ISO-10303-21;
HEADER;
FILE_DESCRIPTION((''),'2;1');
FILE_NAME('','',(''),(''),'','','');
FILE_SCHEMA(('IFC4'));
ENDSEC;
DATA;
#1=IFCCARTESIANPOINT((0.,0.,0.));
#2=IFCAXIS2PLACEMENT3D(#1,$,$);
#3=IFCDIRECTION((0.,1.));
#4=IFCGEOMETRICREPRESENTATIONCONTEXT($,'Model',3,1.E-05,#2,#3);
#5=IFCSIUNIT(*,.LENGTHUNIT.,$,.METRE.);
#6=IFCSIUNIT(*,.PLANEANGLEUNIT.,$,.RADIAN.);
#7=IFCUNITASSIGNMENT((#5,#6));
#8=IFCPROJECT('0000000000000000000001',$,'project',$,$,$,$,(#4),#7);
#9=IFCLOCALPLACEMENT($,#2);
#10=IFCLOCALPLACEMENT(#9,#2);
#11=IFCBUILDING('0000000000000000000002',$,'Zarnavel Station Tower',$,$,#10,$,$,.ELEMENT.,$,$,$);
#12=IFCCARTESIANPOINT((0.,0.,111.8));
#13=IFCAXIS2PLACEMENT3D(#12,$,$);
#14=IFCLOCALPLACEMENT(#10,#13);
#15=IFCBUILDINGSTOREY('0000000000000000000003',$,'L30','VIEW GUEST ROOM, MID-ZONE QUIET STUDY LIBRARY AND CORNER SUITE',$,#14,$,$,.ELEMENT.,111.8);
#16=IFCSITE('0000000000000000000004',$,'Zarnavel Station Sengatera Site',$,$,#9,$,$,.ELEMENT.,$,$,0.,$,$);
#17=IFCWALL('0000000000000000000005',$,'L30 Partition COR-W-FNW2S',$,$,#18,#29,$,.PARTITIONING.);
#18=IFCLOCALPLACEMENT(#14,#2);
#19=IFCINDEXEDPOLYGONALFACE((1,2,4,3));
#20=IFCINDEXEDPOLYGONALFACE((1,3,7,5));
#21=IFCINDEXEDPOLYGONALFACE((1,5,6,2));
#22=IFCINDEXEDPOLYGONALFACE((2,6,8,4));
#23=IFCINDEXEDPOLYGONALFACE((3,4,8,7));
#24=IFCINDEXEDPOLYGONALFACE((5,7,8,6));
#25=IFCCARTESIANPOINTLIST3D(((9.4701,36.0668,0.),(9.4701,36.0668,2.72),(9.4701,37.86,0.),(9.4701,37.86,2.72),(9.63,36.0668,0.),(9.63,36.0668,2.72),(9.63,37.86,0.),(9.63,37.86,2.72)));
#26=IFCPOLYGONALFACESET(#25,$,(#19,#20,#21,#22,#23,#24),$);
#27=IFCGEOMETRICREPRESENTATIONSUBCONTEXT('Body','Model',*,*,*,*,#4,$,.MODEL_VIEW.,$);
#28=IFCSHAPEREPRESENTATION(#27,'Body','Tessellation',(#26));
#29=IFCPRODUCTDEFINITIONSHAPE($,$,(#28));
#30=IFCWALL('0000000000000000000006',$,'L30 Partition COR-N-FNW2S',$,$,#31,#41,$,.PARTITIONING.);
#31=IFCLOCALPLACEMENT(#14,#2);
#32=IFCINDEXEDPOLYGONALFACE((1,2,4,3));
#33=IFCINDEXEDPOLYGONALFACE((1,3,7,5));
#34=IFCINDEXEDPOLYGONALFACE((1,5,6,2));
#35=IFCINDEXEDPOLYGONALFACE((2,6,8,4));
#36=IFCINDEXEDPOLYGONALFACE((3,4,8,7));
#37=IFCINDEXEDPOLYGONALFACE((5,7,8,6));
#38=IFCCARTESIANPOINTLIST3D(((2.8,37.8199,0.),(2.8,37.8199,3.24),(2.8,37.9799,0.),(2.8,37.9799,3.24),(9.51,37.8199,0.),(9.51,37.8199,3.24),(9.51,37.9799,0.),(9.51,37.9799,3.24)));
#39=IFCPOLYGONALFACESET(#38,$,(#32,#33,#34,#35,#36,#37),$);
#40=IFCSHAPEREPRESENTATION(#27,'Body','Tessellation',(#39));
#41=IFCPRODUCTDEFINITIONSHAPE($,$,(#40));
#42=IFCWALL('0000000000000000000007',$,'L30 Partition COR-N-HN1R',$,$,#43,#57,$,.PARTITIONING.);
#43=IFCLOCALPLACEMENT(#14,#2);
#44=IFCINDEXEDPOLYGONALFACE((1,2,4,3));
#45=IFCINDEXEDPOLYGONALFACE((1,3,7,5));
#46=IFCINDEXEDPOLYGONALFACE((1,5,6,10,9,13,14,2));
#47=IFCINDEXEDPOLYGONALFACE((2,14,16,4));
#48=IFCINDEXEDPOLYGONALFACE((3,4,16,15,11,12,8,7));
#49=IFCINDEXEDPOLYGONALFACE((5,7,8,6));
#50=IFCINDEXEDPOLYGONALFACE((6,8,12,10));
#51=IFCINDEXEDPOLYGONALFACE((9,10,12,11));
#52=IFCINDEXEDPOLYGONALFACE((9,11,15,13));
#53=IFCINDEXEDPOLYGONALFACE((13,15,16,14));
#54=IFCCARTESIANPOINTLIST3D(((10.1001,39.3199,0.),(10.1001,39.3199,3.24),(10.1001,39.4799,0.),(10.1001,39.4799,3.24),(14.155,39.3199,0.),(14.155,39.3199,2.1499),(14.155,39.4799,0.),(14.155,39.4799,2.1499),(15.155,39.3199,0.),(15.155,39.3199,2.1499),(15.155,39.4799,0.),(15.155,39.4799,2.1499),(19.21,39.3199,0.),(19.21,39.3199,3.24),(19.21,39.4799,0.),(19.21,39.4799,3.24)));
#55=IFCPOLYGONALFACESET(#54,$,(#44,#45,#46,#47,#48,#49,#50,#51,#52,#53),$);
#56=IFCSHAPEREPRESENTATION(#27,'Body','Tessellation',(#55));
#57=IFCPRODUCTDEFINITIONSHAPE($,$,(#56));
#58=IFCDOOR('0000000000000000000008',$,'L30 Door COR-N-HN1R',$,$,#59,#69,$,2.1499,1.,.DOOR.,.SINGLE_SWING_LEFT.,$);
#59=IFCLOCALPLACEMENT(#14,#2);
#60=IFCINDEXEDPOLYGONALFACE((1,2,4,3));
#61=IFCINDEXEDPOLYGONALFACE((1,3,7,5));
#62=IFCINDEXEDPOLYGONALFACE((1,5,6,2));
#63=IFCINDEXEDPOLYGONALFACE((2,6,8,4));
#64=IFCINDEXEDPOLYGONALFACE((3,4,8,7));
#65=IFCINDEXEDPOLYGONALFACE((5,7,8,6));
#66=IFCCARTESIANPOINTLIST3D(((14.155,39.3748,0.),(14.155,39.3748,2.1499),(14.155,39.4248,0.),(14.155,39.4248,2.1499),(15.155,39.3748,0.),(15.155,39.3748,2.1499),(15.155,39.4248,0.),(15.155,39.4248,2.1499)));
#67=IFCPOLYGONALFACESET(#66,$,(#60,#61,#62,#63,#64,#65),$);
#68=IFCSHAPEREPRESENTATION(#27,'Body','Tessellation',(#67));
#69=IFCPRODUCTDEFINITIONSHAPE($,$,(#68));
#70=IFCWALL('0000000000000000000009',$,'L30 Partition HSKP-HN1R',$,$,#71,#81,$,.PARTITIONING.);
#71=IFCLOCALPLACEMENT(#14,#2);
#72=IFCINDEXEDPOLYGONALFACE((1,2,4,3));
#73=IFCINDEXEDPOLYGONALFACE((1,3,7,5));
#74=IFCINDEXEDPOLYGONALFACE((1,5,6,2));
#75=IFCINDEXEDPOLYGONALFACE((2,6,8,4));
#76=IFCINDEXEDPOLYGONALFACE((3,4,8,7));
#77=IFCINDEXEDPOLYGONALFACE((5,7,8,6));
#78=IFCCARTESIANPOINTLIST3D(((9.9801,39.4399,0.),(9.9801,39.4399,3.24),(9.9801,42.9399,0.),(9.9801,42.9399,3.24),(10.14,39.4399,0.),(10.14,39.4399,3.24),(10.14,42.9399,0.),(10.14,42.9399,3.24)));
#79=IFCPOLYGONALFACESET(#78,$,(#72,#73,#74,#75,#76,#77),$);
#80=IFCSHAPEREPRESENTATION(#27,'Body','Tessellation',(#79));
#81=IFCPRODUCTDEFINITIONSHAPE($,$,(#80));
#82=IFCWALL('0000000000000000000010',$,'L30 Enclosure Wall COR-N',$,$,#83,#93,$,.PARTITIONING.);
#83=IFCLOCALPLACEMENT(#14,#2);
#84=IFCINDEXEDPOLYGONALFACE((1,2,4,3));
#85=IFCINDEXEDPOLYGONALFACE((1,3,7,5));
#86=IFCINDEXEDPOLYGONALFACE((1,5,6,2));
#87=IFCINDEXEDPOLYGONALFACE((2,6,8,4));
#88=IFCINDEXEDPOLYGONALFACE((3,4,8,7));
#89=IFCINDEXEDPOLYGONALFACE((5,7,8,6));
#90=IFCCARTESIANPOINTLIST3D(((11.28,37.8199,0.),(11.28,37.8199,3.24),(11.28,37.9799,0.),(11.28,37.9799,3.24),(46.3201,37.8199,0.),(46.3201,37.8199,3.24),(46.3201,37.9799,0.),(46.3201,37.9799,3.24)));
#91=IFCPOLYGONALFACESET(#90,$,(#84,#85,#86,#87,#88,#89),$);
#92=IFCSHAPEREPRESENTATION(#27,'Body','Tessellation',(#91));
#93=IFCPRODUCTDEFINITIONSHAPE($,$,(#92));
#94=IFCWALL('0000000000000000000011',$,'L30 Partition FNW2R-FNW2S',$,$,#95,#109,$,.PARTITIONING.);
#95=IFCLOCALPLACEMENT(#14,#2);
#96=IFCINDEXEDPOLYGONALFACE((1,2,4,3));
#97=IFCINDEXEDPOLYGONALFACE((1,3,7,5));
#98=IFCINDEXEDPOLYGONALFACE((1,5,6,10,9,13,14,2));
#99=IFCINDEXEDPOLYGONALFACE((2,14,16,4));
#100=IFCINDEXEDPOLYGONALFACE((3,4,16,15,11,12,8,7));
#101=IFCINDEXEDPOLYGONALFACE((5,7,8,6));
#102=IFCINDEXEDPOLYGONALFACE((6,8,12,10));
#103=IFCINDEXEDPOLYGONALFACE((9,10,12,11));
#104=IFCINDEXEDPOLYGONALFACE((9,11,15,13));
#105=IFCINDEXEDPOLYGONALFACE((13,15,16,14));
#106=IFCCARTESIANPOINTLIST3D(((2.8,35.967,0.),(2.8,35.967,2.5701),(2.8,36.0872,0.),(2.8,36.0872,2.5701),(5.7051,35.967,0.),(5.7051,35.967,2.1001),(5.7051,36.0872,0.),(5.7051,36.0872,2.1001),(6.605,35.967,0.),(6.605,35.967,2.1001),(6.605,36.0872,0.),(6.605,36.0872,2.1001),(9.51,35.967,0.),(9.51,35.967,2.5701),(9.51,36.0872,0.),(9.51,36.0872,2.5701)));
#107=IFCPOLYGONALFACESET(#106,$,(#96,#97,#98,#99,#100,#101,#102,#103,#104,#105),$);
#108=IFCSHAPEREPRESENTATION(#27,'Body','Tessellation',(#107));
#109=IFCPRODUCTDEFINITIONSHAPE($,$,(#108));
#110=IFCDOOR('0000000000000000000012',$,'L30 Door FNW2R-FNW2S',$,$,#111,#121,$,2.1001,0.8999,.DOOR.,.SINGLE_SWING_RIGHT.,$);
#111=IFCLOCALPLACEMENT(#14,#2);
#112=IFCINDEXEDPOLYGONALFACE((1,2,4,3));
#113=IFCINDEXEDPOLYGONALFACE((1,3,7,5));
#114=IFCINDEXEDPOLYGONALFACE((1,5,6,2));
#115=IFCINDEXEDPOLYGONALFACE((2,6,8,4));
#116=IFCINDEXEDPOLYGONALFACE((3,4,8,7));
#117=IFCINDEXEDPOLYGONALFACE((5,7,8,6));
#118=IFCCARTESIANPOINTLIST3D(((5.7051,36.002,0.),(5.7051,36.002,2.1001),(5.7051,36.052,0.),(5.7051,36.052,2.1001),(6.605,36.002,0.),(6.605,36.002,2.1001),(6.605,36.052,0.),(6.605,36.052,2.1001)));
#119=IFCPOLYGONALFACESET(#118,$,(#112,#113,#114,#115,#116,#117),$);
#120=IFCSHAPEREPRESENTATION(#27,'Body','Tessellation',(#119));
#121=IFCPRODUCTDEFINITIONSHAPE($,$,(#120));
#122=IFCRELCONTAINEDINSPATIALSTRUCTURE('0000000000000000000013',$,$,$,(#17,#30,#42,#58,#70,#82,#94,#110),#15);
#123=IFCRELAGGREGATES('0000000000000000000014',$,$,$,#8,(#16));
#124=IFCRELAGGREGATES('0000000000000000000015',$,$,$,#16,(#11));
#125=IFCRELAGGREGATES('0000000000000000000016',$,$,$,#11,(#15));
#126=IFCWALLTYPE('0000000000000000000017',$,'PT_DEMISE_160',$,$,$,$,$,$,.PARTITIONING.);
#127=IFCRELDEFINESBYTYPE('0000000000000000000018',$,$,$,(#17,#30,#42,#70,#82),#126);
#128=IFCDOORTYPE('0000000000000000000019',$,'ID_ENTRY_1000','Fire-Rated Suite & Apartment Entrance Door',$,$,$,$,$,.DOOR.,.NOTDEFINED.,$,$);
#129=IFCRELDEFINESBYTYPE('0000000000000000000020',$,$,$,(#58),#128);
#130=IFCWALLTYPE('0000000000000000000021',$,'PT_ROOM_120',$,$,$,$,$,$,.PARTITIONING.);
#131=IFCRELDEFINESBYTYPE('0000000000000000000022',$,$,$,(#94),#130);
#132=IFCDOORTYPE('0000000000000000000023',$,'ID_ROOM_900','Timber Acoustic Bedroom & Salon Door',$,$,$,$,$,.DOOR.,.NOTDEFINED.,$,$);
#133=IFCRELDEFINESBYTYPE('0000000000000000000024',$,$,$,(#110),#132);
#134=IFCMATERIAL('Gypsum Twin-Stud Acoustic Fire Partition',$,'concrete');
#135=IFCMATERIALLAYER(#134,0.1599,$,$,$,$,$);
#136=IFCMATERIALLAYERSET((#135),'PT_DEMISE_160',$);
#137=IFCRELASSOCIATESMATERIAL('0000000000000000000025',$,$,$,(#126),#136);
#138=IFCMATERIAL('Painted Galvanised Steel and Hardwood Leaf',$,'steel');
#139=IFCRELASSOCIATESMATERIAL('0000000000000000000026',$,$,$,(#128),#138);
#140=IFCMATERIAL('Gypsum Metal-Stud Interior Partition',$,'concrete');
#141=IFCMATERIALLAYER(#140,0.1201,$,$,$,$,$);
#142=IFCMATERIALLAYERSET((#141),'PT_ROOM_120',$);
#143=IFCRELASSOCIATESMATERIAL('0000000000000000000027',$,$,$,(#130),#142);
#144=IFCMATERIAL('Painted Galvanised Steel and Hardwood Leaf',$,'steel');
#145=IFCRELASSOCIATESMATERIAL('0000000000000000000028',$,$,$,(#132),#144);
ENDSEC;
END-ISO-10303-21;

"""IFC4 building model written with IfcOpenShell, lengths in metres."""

from ifc_helpers import new_model, si_unit, direction, frame, frame_2d, origin, place, context, subcontext, project, spatial, rectangle, extrude, material, layer, layer_set, type_object, element, fill, save


model = new_model("IFC4")

# Units and contexts
model_context = context("Model", 3, precision=1e-05, world=origin(), true_north=direction((0.0, 1.0)))
body_context = subcontext(model_context, "Body", "Model", "MODEL_VIEW")
ifc_project = project(units=[si_unit("LENGTHUNIT", "METRE"), si_unit("PLANEANGLEUNIT", "RADIAN")], contexts=[model_context])

# Site, building, storey
site_placement = place(None, origin())
site = spatial("IfcSite", under=ifc_project, at=site_placement, Name="Zarnavel Station Sengatera Site", CompositionType="ELEMENT", RefElevation=0.0)
building_placement = place(site_placement, origin())
building = spatial("IfcBuilding", under=site, at=building_placement, Name="Zarnavel Station Tower", CompositionType="ELEMENT")
storey_placement = place(building_placement, frame((0.0, 0.0, 111.8)))
storey = spatial("IfcBuildingStorey", under=building, at=storey_placement, Name="L30", Description="VIEW GUEST ROOM, MID-ZONE QUIET STUDY LIBRARY AND CORNER SUITE", CompositionType="ELEMENT", Elevation=111.8)

# Walls
ifc_material_1 = material(Name="Gypsum Twin-Stud Acoustic Fire Partition", Category="concrete")
ifc_layer_1 = layer(ifc_material_1, 0.1599)
ifc_layer_set_1 = layer_set([ifc_layer_1], Name="PT_DEMISE_160")
wall_type_1 = type_object("IfcWallType", Name="PT_DEMISE_160", PredefinedType="PARTITIONING", material=ifc_layer_set_1)
wall_1_placement = place(storey_placement, frame((9.55, 36.0669, 0.0), z_axis=(0.0, 0.0, 1.0), x_axis=(0.0, 1.0, 0.0)))
element("IfcWall", 1, at=wall_1_placement, inside=storey, type_object=wall_type_1, Name="L30 Partition COR-W-FNW2S", PredefinedType="PARTITIONING", context=body_context, shape_type="SweptSolid", body=[
    extrude(rectangle(XDim=1.7932, YDim=0.1599, at=frame_2d((0.8965, 0.0))), origin(), (0.0, 0.0, 1.0), 2.72),
])
wall_2_placement = place(storey_placement, frame((2.8, 37.8999, 0.0), z_axis=(0.0, 0.0, 1.0), x_axis=(1.0, 0.0, 0.0)))
element("IfcWall", 2, at=wall_2_placement, inside=storey, type_object=wall_type_1, Name="L30 Partition COR-N-FNW2S", PredefinedType="PARTITIONING", context=body_context, shape_type="SweptSolid", body=[
    extrude(rectangle(XDim=6.71, YDim=0.1599, at=frame_2d((3.355, 0.0))), origin(), (0.0, 0.0, 1.0), 3.24),
])

# Wall, opening, door
wall_3_placement = place(storey_placement, frame((10.1001, 39.3999, 0.0), z_axis=(0.0, 0.0, 1.0), x_axis=(1.0, 0.0, 0.0)))
wall_3 = element("IfcWall", 3, at=wall_3_placement, inside=storey, type_object=wall_type_1, Name="L30 Partition COR-N-HN1R", PredefinedType="PARTITIONING", context=body_context, shape_type="SweptSolid", body=[
    extrude(rectangle(XDim=9.1099, YDim=0.1599, at=frame_2d((4.5549, 0.0))), origin(), (0.0, 0.0, 1.0), 3.24),
])
opening_1_placement = place(wall_3_placement, frame((4.0549, 0.0, 0.0)))
opening_1 = element("IfcOpeningElement", 4, at=opening_1_placement, cuts=wall_3, PredefinedType="OPENING", context=body_context, shape_type="SweptSolid", body=[
    extrude(rectangle(XDim=1.0, YDim=2.1499, at=frame_2d((0.5, 1.075))), frame((0.0, 0.0898, 0.0), z_axis=(0.0, -1.0, 0.0), x_axis=(1.0, 0.0, 0.0)), (0.0, 0.0, 1.0), 0.1799),
])
ifc_material_2 = material(Name="Painted Galvanised Steel and Hardwood Leaf", Category="steel")
door_type_1 = type_object("IfcDoorType", Name="ID_ENTRY_1000", Description="Fire-Rated Suite & Apartment Entrance Door", OperationType="NOTDEFINED", PredefinedType="DOOR", material=ifc_material_2)
door_1_placement = place(opening_1_placement, origin())
door_1 = element("IfcDoor", 5, at=door_1_placement, inside=storey, type_object=door_type_1, Name="L30 Door COR-N-HN1R", OperationType="SINGLE_SWING_LEFT", OverallHeight=2.1499, OverallWidth=1.0, PredefinedType="DOOR", context=body_context, shape_type="SweptSolid", body=[
    extrude(rectangle(XDim=1.0, YDim=2.1499, at=frame_2d((0.5, 1.075))), frame((0.0, 0.0249, 0.0), z_axis=(0.0, -1.0, 0.0), x_axis=(1.0, 0.0, 0.0)), (0.0, 0.0, 1.0), 0.05),
])
fill(opening_1, door_1)

# Walls
wall_4_placement = place(storey_placement, frame((10.0601, 39.4399, 0.0), z_axis=(0.0, 0.0, 1.0), x_axis=(0.0, 1.0, 0.0)))
element("IfcWall", 6, at=wall_4_placement, inside=storey, type_object=wall_type_1, Name="L30 Partition HSKP-HN1R", PredefinedType="PARTITIONING", context=body_context, shape_type="SweptSolid", body=[
    extrude(rectangle(XDim=3.5, YDim=0.1599, at=frame_2d((1.75, 0.0))), origin(), (0.0, 0.0, 1.0), 3.24),
])
wall_5_placement = place(storey_placement, frame((11.28, 37.8999, 0.0), z_axis=(0.0, 0.0, 1.0), x_axis=(1.0, 0.0, 0.0)))
element("IfcWall", 7, at=wall_5_placement, inside=storey, type_object=wall_type_1, Name="L30 Enclosure Wall COR-N", PredefinedType="PARTITIONING", context=body_context, shape_type="SweptSolid", body=[
    extrude(rectangle(XDim=35.04, YDim=0.1599, at=frame_2d((17.52, 0.0))), origin(), (0.0, 0.0, 1.0), 3.24),
])

# Wall, opening, door
ifc_material_3 = material(Name="Gypsum Metal-Stud Interior Partition", Category="concrete")
ifc_layer_2 = layer(ifc_material_3, 0.1201)
ifc_layer_set_2 = layer_set([ifc_layer_2], Name="PT_ROOM_120")
wall_type_2 = type_object("IfcWallType", Name="PT_ROOM_120", PredefinedType="PARTITIONING", material=ifc_layer_set_2)
wall_6_placement = place(storey_placement, frame((2.8, 36.0271, 0.0), z_axis=(0.0, 0.0, 1.0), x_axis=(1.0, 0.0, 0.0)))
wall_6 = element("IfcWall", 8, at=wall_6_placement, inside=storey, type_object=wall_type_2, Name="L30 Partition FNW2R-FNW2S", PredefinedType="PARTITIONING", context=body_context, shape_type="SweptSolid", body=[
    extrude(rectangle(XDim=6.71, YDim=0.1201, at=frame_2d((3.355, 0.0))), origin(), (0.0, 0.0, 1.0), 2.5701),
])
opening_2_placement = place(wall_6_placement, frame((2.905, 0.0, 0.0)))
opening_2 = element("IfcOpeningElement", 9, at=opening_2_placement, cuts=wall_6, PredefinedType="OPENING", context=body_context, shape_type="SweptSolid", body=[
    extrude(rectangle(XDim=0.8999, YDim=2.1001, at=frame_2d((0.45, 1.05))), frame((0.0, 0.0701, 0.0), z_axis=(0.0, -1.0, 0.0), x_axis=(1.0, 0.0, 0.0)), (0.0, 0.0, 1.0), 0.1401),
])
ifc_material_4 = material(Name="Painted Galvanised Steel and Hardwood Leaf", Category="steel")
door_type_2 = type_object("IfcDoorType", Name="ID_ROOM_900", Description="Timber Acoustic Bedroom & Salon Door", OperationType="NOTDEFINED", PredefinedType="DOOR", material=ifc_material_4)
door_2_placement = place(opening_2_placement, origin())
door_2 = element("IfcDoor", 10, at=door_2_placement, inside=storey, type_object=door_type_2, Name="L30 Door FNW2R-FNW2S", OperationType="SINGLE_SWING_RIGHT", OverallHeight=2.1001, OverallWidth=0.8999, PredefinedType="DOOR", context=body_context, shape_type="SweptSolid", body=[
    extrude(rectangle(XDim=0.8999, YDim=2.1001, at=frame_2d((0.45, 1.05))), frame((0.0, 0.0249, 0.0), z_axis=(0.0, -1.0, 0.0), x_axis=(1.0, 0.0, 0.0)), (0.0, 0.0, 1.0), 0.05),
])
fill(opening_2, door_2)

save(model, "model.ifc")
